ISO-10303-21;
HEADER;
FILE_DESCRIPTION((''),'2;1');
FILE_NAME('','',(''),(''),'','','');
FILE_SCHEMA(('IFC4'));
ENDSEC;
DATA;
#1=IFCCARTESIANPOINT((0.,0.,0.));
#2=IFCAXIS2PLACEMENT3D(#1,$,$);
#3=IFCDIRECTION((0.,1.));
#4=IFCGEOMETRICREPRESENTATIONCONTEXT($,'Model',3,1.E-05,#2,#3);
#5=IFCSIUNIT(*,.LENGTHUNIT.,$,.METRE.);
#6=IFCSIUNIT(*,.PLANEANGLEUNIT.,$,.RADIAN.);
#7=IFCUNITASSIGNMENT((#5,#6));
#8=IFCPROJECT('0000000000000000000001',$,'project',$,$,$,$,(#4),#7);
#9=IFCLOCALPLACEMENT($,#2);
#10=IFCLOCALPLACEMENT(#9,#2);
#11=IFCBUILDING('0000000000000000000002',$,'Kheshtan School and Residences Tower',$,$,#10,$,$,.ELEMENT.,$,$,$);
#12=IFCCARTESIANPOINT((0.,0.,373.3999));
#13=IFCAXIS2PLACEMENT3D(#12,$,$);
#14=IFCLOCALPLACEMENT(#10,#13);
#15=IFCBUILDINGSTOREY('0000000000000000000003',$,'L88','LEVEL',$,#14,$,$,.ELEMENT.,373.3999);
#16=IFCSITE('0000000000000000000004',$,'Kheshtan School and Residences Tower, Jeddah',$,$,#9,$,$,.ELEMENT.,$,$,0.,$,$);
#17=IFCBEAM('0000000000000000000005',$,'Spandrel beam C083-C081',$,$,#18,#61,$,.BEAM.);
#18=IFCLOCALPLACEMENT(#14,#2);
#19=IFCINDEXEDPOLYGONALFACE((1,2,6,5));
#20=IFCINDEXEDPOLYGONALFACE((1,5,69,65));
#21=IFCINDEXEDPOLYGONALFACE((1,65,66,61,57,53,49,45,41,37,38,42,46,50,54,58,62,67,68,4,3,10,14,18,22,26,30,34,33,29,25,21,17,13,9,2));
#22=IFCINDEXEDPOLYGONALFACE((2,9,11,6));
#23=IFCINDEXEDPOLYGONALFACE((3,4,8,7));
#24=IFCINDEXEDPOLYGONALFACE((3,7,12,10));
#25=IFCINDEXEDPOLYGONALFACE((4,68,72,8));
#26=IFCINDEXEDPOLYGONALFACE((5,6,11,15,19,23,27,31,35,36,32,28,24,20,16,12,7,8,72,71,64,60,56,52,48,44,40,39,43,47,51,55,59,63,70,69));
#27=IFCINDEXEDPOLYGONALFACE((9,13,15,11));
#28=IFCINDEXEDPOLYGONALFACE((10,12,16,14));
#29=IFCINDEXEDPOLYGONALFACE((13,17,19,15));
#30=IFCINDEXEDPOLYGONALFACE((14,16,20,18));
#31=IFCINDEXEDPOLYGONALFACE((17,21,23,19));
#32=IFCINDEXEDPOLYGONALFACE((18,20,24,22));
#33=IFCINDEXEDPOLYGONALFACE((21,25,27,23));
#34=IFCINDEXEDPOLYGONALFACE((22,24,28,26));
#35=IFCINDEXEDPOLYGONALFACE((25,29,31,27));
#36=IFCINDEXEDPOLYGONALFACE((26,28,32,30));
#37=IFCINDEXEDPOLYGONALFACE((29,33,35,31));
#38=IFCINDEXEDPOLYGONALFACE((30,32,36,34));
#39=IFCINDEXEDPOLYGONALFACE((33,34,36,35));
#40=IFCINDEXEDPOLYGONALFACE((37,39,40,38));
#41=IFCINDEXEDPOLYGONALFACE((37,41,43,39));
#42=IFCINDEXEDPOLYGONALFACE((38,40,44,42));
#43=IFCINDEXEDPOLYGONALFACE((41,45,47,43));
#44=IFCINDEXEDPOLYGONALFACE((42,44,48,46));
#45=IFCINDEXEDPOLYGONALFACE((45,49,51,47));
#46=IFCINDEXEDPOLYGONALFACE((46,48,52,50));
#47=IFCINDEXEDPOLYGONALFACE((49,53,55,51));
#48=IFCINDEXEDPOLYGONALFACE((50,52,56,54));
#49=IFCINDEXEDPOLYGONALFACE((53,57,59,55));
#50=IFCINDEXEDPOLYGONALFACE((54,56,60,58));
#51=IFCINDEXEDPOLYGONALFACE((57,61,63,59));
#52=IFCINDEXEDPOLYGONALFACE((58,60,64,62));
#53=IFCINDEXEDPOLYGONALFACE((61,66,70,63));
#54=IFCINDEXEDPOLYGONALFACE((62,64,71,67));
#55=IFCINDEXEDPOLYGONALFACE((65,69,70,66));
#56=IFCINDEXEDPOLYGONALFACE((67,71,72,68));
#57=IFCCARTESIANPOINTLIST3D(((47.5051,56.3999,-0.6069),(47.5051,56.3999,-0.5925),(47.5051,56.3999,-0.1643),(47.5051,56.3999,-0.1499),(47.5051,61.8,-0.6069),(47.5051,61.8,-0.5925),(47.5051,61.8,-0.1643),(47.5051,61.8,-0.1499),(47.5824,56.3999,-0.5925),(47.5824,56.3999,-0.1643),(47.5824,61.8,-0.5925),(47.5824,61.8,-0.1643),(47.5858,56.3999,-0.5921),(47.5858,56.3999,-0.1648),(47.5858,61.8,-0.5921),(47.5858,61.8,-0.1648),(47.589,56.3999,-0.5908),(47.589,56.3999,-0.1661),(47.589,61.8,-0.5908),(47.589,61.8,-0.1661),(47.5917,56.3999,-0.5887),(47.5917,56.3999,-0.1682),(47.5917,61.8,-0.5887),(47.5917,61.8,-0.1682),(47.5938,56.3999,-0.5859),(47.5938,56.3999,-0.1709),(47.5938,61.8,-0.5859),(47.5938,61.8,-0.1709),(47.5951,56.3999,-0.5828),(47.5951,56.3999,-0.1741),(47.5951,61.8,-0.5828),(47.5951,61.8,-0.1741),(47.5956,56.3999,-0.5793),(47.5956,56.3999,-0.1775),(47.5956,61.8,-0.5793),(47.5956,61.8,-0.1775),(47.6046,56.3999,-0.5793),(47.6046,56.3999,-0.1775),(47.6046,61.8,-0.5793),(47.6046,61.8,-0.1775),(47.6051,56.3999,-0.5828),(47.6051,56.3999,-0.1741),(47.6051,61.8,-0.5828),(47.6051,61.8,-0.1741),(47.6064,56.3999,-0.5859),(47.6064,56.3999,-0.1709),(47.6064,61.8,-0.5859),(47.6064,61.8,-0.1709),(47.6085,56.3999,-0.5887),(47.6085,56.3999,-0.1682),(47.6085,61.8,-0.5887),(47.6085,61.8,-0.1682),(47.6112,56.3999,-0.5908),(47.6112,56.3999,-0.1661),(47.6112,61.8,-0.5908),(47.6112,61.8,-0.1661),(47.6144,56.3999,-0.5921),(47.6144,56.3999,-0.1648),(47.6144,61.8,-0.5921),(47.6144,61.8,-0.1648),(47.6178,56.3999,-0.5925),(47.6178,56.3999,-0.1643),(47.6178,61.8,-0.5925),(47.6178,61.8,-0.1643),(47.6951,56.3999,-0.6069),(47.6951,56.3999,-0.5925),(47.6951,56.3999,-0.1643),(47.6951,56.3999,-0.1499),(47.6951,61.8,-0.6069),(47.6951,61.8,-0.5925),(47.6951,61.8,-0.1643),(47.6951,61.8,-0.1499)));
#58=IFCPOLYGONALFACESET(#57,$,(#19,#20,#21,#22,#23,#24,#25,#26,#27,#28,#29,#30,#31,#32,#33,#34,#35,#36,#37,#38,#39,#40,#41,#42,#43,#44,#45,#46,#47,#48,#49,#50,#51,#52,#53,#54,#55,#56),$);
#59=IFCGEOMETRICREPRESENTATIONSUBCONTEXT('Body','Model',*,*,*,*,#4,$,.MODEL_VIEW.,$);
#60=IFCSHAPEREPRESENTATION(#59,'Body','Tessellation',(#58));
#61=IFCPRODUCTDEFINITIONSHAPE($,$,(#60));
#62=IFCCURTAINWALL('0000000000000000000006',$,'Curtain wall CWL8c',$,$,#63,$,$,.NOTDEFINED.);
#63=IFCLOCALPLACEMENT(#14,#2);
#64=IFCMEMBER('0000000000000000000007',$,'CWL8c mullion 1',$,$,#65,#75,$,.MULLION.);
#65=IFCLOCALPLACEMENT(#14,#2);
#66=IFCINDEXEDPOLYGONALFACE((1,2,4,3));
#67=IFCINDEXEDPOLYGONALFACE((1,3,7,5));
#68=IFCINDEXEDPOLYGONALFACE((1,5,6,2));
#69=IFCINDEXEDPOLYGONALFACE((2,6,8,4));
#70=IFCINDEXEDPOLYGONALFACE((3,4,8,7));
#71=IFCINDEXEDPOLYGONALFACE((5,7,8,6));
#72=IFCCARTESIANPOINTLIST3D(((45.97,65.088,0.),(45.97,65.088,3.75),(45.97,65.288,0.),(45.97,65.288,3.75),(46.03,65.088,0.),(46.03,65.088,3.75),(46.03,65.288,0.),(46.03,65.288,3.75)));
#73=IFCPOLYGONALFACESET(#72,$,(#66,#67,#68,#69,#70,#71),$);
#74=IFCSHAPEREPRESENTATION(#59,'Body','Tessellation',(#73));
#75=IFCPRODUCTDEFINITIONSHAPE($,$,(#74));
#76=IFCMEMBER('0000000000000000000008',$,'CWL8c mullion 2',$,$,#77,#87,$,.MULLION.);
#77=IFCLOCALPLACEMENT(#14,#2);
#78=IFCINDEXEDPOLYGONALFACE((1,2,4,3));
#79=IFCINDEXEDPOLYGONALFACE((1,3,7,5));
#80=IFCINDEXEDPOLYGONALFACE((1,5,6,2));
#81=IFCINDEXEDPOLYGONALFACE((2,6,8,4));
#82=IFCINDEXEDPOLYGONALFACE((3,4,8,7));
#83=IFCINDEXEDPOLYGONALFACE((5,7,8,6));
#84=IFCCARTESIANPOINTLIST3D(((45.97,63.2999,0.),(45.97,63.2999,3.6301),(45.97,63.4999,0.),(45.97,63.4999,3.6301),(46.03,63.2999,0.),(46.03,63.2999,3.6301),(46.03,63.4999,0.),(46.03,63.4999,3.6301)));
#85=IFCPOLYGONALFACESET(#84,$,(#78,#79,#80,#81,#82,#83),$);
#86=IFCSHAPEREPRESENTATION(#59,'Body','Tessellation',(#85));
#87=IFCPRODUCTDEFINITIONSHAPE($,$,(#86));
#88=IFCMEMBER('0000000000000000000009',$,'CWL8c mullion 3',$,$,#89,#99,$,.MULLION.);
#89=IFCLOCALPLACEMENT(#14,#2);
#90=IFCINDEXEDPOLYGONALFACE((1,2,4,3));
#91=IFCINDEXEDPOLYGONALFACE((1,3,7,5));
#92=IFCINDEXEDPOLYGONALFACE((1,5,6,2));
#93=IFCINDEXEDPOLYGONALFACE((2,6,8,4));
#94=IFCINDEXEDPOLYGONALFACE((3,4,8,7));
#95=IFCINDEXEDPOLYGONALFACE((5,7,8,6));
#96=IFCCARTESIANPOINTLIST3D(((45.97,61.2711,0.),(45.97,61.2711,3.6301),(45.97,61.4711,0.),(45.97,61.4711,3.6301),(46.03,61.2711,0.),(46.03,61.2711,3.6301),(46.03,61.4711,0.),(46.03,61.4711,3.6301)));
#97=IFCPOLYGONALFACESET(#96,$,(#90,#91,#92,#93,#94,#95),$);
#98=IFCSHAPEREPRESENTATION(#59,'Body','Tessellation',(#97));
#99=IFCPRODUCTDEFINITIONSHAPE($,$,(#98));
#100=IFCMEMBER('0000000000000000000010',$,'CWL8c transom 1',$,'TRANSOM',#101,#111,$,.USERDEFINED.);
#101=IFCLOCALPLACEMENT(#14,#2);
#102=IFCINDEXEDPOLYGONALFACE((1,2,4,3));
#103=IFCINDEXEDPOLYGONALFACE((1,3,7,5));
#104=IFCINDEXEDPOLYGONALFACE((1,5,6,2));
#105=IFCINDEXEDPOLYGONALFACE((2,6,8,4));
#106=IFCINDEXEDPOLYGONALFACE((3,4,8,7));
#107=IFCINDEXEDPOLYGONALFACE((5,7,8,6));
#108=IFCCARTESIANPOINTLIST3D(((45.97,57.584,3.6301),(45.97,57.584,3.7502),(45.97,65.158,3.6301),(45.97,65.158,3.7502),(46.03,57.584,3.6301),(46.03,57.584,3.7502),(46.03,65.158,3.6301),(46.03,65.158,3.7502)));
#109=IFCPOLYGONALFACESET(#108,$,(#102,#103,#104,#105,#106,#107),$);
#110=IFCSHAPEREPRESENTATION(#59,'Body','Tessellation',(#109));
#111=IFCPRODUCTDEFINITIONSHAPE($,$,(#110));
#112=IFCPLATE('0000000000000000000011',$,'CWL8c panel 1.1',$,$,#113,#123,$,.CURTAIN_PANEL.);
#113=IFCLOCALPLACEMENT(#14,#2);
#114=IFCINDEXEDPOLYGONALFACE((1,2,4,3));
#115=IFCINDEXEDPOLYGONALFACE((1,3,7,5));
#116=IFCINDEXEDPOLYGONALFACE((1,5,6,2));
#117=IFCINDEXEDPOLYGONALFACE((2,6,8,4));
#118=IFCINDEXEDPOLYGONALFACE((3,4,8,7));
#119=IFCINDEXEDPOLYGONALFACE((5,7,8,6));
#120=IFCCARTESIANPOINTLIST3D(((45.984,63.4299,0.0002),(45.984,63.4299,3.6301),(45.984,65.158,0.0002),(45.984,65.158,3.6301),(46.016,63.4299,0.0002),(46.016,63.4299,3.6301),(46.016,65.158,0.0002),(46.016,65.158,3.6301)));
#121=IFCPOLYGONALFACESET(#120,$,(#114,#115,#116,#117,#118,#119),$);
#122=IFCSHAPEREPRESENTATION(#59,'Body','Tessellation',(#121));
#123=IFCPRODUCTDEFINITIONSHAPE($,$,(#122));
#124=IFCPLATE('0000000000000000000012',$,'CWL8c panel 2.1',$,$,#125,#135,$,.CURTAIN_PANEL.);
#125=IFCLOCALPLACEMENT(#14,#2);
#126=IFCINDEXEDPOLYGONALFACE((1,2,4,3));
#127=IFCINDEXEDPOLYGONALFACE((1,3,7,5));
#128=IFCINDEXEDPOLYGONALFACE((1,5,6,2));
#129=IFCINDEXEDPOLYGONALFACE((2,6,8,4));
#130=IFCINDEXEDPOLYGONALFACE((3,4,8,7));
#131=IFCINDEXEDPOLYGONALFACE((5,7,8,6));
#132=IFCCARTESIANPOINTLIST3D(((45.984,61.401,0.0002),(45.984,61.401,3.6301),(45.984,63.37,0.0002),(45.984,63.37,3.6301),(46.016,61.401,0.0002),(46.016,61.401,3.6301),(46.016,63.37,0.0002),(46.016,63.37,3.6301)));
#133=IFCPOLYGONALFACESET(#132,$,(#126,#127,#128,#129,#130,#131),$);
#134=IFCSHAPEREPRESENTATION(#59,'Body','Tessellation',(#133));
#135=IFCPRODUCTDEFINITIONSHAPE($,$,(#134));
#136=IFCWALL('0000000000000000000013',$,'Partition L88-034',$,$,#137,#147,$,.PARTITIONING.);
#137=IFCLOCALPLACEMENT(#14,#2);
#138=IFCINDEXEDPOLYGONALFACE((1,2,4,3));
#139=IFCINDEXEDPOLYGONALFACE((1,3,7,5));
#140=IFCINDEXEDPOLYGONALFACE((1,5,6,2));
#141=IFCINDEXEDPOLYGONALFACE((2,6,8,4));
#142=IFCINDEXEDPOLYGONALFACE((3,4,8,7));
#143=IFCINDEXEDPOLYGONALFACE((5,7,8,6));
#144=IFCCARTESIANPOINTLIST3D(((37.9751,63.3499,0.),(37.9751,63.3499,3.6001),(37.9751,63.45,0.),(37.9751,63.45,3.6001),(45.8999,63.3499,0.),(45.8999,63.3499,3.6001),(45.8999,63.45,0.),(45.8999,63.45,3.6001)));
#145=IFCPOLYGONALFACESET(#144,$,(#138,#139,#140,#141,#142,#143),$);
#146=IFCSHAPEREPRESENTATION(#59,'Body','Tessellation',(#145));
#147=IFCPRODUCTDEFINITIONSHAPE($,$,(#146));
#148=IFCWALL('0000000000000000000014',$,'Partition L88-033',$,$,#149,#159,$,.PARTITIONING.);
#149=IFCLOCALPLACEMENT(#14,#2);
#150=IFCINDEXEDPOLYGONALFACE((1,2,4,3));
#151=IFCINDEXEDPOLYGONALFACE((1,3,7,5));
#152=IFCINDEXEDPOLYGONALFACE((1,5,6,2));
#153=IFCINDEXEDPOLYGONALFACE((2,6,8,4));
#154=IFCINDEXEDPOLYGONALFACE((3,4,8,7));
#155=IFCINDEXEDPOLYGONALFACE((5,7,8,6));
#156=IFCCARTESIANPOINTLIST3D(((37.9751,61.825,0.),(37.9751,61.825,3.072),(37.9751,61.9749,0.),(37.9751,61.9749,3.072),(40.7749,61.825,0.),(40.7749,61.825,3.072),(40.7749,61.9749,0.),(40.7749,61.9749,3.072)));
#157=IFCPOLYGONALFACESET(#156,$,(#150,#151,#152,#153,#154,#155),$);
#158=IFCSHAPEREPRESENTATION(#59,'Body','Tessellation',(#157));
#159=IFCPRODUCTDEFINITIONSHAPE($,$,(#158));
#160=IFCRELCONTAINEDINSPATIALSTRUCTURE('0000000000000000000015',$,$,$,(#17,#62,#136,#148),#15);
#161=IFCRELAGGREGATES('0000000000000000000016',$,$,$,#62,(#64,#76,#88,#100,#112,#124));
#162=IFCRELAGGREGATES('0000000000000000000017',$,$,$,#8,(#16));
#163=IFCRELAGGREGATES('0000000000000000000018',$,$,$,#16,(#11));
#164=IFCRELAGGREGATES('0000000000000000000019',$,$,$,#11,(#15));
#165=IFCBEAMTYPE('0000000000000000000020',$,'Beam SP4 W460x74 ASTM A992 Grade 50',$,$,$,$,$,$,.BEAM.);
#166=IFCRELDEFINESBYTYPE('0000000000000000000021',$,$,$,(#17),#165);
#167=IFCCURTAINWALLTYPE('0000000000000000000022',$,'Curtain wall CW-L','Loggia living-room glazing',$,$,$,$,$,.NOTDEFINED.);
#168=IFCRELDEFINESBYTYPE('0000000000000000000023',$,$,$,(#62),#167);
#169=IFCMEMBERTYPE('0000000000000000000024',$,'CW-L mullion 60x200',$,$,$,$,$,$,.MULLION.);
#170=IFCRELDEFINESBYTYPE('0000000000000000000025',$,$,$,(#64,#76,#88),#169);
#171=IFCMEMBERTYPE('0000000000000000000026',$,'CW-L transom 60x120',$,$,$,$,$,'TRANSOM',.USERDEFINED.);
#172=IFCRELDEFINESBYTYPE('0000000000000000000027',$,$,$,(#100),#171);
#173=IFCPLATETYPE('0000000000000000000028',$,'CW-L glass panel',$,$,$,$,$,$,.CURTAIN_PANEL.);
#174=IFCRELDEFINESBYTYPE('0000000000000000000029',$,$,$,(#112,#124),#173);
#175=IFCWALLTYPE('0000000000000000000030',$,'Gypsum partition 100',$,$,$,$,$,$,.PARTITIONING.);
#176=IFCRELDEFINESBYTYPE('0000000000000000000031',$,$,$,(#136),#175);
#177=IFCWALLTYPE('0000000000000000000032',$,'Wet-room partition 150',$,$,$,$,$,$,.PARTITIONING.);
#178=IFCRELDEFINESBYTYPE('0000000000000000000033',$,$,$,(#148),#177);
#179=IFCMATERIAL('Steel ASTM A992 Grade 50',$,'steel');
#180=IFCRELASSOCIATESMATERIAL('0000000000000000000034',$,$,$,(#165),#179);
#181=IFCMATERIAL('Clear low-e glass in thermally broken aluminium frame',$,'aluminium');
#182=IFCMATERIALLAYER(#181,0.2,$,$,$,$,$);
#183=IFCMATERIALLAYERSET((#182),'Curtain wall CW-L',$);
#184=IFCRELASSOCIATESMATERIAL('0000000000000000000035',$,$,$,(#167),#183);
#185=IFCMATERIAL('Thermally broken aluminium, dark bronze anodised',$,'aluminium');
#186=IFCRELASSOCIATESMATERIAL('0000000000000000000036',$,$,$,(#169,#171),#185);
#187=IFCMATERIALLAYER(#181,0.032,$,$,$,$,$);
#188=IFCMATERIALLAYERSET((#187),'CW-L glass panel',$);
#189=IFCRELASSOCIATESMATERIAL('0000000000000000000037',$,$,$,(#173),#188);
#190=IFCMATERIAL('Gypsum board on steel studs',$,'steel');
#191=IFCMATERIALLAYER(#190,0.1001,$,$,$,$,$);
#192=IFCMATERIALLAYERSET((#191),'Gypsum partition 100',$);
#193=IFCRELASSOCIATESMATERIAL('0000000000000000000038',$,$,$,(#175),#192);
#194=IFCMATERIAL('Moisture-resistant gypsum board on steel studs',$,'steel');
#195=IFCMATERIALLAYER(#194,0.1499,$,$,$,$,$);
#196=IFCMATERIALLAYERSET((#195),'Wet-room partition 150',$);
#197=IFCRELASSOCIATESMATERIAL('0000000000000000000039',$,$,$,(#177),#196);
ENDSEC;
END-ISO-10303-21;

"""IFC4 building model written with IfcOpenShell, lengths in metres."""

from ifc_helpers import new_model, si_unit, direction, frame, frame_2d, origin, origin_2d, place, context, subcontext, project, spatial, rectangle, i_section, extrude, material, layer, layer_set, material_profile, profile_set, type_object, element, aggregate, save


model = new_model("IFC4")

# Units and contexts
model_context = context("Model", 3, precision=1e-05, world=origin(), true_north=direction((0.0, 1.0)))
body_context = subcontext(model_context, "Body", "Model", "MODEL_VIEW")
ifc_project = project(units=[si_unit("LENGTHUNIT", "METRE"), si_unit("PLANEANGLEUNIT", "RADIAN")], contexts=[model_context])

# Site, building, storey
site_placement = place(None, origin())
site = spatial("IfcSite", under=ifc_project, at=site_placement, Name="Kheshtan School and Residences Tower, Jeddah", CompositionType="ELEMENT", RefElevation=0.0)
building_placement = place(site_placement, origin())
building = spatial("IfcBuilding", under=site, at=building_placement, Name="Kheshtan School and Residences Tower", CompositionType="ELEMENT")
storey_placement = place(building_placement, frame((0.0, 0.0, 373.3999)))
storey = spatial("IfcBuildingStorey", under=building, at=storey_placement, Name="L88", Description="LEVEL", CompositionType="ELEMENT", Elevation=373.3999)

# Shared definitions
ifc_material_1 = material(Name="Steel ASTM A992 Grade 50", Category="steel")

# Beam
ifc_material_profile_1 = material_profile(ifc_material_1, i_section(OverallWidth=0.1899, OverallDepth=0.457, WebThickness=0.009, FlangeThickness=0.0144, FilletRadius=0.0132, at=origin_2d()), Name="W460x74")
ifc_profile_set_1 = profile_set([ifc_material_profile_1], Name="Steel ASTM A992 Grade 50")
beam_type_1 = type_object("IfcBeamType", Name="Beam SP4 W460x74 ASTM A992 Grade 50", PredefinedType="BEAM", material=ifc_profile_set_1)
beam_1_placement = place(storey_placement, frame((47.6001, 61.8, -0.3784), z_axis=(0.0, -1.0, 0.0), x_axis=(1.0, 0.0, 0.0)))
element("IfcBeam", 1, at=beam_1_placement, inside=storey, type_object=beam_type_1, Name="Spandrel beam C083-C081", PredefinedType="BEAM", context=body_context, shape_type="SweptSolid", body=[
    extrude(i_section(OverallWidth=0.1899, OverallDepth=0.457, WebThickness=0.009, FlangeThickness=0.0144, FilletRadius=0.0132, at=origin_2d()), origin(), (0.0, 0.0, 1.0), 5.4001),
])

# Curtain wall, members, plates
ifc_material_2 = material(Name="Clear low-e glass in thermally broken aluminium frame", Category="aluminium")
ifc_layer_1 = layer(ifc_material_2, 0.2)
ifc_layer_set_1 = layer_set([ifc_layer_1], Name="Curtain wall CW-L")
curtain_wall_type = type_object("IfcCurtainWallType", Name="Curtain wall CW-L", Description="Loggia living-room glazing", PredefinedType="NOTDEFINED", material=ifc_layer_set_1)
curtain_wall_placement = place(storey_placement, origin())
curtain_wall = element("IfcCurtainWall", 2, at=curtain_wall_placement, inside=storey, type_object=curtain_wall_type, Name="Curtain wall CWL8c", PredefinedType="NOTDEFINED")
ifc_material_3 = material(Name="Thermally broken aluminium, dark bronze anodised", Category="aluminium")
ifc_material_profile_2 = material_profile(ifc_material_3, rectangle(XDim=0.0601, YDim=0.2, at=origin_2d()), Name="CW-L mullion 60x200")
ifc_profile_set_2 = profile_set([ifc_material_profile_2], Name="Thermally broken aluminium, dark bronze anodised")
member_type_1 = type_object("IfcMemberType", Name="CW-L mullion 60x200", PredefinedType="MULLION", material=ifc_profile_set_2)
member_1_placement = place(storey_placement, frame((46.0, 65.188, 0.0), z_axis=(0.0, 0.0, 1.0), x_axis=(1.0, 0.0, 0.0)))
member_1 = element("IfcMember", 3, at=member_1_placement, type_object=member_type_1, Name="CWL8c mullion 1", PredefinedType="MULLION", context=body_context, shape_type="SweptSolid", body=[
    extrude(rectangle(XDim=0.0601, YDim=0.2, at=origin_2d()), origin(), (0.0, 0.0, 1.0), 3.75),
])
member_2_placement = place(storey_placement, frame((46.0, 63.3999, 0.0), z_axis=(0.0, 0.0, 1.0), x_axis=(1.0, 0.0, 0.0)))
member_2 = element("IfcMember", 4, at=member_2_placement, type_object=member_type_1, Name="CWL8c mullion 2", PredefinedType="MULLION", context=body_context, shape_type="SweptSolid", body=[
    extrude(rectangle(XDim=0.0601, YDim=0.2, at=origin_2d()), origin(), (0.0, 0.0, 1.0), 3.6301),
])
member_3_placement = place(storey_placement, frame((46.0, 61.3711, 0.0), z_axis=(0.0, 0.0, 1.0), x_axis=(1.0, 0.0, 0.0)))
member_3 = element("IfcMember", 5, at=member_3_placement, type_object=member_type_1, Name="CWL8c mullion 3", PredefinedType="MULLION", context=body_context, shape_type="SweptSolid", body=[
    extrude(rectangle(XDim=0.0601, YDim=0.2, at=origin_2d()), origin(), (0.0, 0.0, 1.0), 3.6301),
])
ifc_material_profile_3 = material_profile(ifc_material_3, rectangle(XDim=0.0601, YDim=0.1201, at=origin_2d()), Name="CW-L transom 60x120")
ifc_profile_set_3 = profile_set([ifc_material_profile_3], Name="Thermally broken aluminium, dark bronze anodised")
member_type_2 = type_object("IfcMemberType", Name="CW-L transom 60x120", ElementType="TRANSOM", PredefinedType="USERDEFINED", material=ifc_profile_set_3)
member_4_placement = place(storey_placement, frame((46.0, 65.158, 3.6902), z_axis=(0.0, -1.0, 0.0), x_axis=(1.0, 0.0, 0.0)))
member_4 = element("IfcMember", 6, at=member_4_placement, type_object=member_type_2, Name="CWL8c transom 1", ObjectType="TRANSOM", PredefinedType="USERDEFINED", context=body_context, shape_type="SweptSolid", body=[
    extrude(rectangle(XDim=0.0601, YDim=0.1201, at=origin_2d()), origin(), (0.0, 0.0, 1.0), 7.574),
])
ifc_layer_2 = layer(ifc_material_2, 0.032)
ifc_layer_set_2 = layer_set([ifc_layer_2], Name="CW-L glass panel")
plate_type = type_object("IfcPlateType", Name="CW-L glass panel", PredefinedType="CURTAIN_PANEL", material=ifc_layer_set_2)
plate_1_placement = place(storey_placement, frame((46.0, 64.2939, 0.0002), z_axis=(0.0, 0.0, 1.0), x_axis=(0.0, -1.0, 0.0)))
plate_1 = element("IfcPlate", 7, at=plate_1_placement, type_object=plate_type, Name="CWL8c panel 1.1", PredefinedType="CURTAIN_PANEL", context=body_context, shape_type="SweptSolid", body=[
    extrude(rectangle(XDim=1.728, YDim=0.032, at=origin_2d()), origin(), (0.0, 0.0, 1.0), 3.6299),
])
plate_2_placement = place(storey_placement, frame((46.0, 62.3855, 0.0002), z_axis=(0.0, 0.0, 1.0), x_axis=(0.0, -1.0, 0.0)))
plate_2 = element("IfcPlate", 8, at=plate_2_placement, type_object=plate_type, Name="CWL8c panel 2.1", PredefinedType="CURTAIN_PANEL", context=body_context, shape_type="SweptSolid", body=[
    extrude(rectangle(XDim=1.969, YDim=0.032, at=origin_2d()), origin(), (0.0, 0.0, 1.0), 3.6299),
])
aggregate(curtain_wall, [member_1, member_2, member_3, member_4, plate_1, plate_2])

# Walls
ifc_material_4 = material(Name="Gypsum board on steel studs", Category="steel")
ifc_layer_3 = layer(ifc_material_4, 0.1001)
ifc_layer_set_3 = layer_set([ifc_layer_3], Name="Gypsum partition 100")
wall_type_1 = type_object("IfcWallType", Name="Gypsum partition 100", PredefinedType="PARTITIONING", material=ifc_layer_set_3)
wall_1_placement = place(storey_placement, frame((37.9751, 63.3999, 0.0), z_axis=(0.0, 0.0, 1.0), x_axis=(1.0, 0.0, 0.0)))
element("IfcWall", 9, at=wall_1_placement, inside=storey, type_object=wall_type_1, Name="Partition L88-034", PredefinedType="PARTITIONING", context=body_context, shape_type="SweptSolid", body=[
    extrude(rectangle(XDim=7.9248, YDim=0.1001, at=frame_2d((3.9624, 0.0))), origin(), (0.0, 0.0, 1.0), 3.6001),
])
ifc_material_5 = material(Name="Moisture-resistant gypsum board on steel studs", Category="steel")
ifc_layer_4 = layer(ifc_material_5, 0.1499)
ifc_layer_set_4 = layer_set([ifc_layer_4], Name="Wet-room partition 150")
wall_type_2 = type_object("IfcWallType", Name="Wet-room partition 150", PredefinedType="PARTITIONING", material=ifc_layer_set_4)
wall_2_placement = place(storey_placement, frame((37.9751, 61.8999, 0.0), z_axis=(0.0, 0.0, 1.0), x_axis=(1.0, 0.0, 0.0)))
element("IfcWall", 10, at=wall_2_placement, inside=storey, type_object=wall_type_2, Name="Partition L88-033", PredefinedType="PARTITIONING", context=body_context, shape_type="SweptSolid", body=[
    extrude(rectangle(XDim=2.7998, YDim=0.1499, at=frame_2d((1.3999, 0.0))), origin(), (0.0, 0.0, 1.0), 3.072),
])

save(model, "model.ifc")
